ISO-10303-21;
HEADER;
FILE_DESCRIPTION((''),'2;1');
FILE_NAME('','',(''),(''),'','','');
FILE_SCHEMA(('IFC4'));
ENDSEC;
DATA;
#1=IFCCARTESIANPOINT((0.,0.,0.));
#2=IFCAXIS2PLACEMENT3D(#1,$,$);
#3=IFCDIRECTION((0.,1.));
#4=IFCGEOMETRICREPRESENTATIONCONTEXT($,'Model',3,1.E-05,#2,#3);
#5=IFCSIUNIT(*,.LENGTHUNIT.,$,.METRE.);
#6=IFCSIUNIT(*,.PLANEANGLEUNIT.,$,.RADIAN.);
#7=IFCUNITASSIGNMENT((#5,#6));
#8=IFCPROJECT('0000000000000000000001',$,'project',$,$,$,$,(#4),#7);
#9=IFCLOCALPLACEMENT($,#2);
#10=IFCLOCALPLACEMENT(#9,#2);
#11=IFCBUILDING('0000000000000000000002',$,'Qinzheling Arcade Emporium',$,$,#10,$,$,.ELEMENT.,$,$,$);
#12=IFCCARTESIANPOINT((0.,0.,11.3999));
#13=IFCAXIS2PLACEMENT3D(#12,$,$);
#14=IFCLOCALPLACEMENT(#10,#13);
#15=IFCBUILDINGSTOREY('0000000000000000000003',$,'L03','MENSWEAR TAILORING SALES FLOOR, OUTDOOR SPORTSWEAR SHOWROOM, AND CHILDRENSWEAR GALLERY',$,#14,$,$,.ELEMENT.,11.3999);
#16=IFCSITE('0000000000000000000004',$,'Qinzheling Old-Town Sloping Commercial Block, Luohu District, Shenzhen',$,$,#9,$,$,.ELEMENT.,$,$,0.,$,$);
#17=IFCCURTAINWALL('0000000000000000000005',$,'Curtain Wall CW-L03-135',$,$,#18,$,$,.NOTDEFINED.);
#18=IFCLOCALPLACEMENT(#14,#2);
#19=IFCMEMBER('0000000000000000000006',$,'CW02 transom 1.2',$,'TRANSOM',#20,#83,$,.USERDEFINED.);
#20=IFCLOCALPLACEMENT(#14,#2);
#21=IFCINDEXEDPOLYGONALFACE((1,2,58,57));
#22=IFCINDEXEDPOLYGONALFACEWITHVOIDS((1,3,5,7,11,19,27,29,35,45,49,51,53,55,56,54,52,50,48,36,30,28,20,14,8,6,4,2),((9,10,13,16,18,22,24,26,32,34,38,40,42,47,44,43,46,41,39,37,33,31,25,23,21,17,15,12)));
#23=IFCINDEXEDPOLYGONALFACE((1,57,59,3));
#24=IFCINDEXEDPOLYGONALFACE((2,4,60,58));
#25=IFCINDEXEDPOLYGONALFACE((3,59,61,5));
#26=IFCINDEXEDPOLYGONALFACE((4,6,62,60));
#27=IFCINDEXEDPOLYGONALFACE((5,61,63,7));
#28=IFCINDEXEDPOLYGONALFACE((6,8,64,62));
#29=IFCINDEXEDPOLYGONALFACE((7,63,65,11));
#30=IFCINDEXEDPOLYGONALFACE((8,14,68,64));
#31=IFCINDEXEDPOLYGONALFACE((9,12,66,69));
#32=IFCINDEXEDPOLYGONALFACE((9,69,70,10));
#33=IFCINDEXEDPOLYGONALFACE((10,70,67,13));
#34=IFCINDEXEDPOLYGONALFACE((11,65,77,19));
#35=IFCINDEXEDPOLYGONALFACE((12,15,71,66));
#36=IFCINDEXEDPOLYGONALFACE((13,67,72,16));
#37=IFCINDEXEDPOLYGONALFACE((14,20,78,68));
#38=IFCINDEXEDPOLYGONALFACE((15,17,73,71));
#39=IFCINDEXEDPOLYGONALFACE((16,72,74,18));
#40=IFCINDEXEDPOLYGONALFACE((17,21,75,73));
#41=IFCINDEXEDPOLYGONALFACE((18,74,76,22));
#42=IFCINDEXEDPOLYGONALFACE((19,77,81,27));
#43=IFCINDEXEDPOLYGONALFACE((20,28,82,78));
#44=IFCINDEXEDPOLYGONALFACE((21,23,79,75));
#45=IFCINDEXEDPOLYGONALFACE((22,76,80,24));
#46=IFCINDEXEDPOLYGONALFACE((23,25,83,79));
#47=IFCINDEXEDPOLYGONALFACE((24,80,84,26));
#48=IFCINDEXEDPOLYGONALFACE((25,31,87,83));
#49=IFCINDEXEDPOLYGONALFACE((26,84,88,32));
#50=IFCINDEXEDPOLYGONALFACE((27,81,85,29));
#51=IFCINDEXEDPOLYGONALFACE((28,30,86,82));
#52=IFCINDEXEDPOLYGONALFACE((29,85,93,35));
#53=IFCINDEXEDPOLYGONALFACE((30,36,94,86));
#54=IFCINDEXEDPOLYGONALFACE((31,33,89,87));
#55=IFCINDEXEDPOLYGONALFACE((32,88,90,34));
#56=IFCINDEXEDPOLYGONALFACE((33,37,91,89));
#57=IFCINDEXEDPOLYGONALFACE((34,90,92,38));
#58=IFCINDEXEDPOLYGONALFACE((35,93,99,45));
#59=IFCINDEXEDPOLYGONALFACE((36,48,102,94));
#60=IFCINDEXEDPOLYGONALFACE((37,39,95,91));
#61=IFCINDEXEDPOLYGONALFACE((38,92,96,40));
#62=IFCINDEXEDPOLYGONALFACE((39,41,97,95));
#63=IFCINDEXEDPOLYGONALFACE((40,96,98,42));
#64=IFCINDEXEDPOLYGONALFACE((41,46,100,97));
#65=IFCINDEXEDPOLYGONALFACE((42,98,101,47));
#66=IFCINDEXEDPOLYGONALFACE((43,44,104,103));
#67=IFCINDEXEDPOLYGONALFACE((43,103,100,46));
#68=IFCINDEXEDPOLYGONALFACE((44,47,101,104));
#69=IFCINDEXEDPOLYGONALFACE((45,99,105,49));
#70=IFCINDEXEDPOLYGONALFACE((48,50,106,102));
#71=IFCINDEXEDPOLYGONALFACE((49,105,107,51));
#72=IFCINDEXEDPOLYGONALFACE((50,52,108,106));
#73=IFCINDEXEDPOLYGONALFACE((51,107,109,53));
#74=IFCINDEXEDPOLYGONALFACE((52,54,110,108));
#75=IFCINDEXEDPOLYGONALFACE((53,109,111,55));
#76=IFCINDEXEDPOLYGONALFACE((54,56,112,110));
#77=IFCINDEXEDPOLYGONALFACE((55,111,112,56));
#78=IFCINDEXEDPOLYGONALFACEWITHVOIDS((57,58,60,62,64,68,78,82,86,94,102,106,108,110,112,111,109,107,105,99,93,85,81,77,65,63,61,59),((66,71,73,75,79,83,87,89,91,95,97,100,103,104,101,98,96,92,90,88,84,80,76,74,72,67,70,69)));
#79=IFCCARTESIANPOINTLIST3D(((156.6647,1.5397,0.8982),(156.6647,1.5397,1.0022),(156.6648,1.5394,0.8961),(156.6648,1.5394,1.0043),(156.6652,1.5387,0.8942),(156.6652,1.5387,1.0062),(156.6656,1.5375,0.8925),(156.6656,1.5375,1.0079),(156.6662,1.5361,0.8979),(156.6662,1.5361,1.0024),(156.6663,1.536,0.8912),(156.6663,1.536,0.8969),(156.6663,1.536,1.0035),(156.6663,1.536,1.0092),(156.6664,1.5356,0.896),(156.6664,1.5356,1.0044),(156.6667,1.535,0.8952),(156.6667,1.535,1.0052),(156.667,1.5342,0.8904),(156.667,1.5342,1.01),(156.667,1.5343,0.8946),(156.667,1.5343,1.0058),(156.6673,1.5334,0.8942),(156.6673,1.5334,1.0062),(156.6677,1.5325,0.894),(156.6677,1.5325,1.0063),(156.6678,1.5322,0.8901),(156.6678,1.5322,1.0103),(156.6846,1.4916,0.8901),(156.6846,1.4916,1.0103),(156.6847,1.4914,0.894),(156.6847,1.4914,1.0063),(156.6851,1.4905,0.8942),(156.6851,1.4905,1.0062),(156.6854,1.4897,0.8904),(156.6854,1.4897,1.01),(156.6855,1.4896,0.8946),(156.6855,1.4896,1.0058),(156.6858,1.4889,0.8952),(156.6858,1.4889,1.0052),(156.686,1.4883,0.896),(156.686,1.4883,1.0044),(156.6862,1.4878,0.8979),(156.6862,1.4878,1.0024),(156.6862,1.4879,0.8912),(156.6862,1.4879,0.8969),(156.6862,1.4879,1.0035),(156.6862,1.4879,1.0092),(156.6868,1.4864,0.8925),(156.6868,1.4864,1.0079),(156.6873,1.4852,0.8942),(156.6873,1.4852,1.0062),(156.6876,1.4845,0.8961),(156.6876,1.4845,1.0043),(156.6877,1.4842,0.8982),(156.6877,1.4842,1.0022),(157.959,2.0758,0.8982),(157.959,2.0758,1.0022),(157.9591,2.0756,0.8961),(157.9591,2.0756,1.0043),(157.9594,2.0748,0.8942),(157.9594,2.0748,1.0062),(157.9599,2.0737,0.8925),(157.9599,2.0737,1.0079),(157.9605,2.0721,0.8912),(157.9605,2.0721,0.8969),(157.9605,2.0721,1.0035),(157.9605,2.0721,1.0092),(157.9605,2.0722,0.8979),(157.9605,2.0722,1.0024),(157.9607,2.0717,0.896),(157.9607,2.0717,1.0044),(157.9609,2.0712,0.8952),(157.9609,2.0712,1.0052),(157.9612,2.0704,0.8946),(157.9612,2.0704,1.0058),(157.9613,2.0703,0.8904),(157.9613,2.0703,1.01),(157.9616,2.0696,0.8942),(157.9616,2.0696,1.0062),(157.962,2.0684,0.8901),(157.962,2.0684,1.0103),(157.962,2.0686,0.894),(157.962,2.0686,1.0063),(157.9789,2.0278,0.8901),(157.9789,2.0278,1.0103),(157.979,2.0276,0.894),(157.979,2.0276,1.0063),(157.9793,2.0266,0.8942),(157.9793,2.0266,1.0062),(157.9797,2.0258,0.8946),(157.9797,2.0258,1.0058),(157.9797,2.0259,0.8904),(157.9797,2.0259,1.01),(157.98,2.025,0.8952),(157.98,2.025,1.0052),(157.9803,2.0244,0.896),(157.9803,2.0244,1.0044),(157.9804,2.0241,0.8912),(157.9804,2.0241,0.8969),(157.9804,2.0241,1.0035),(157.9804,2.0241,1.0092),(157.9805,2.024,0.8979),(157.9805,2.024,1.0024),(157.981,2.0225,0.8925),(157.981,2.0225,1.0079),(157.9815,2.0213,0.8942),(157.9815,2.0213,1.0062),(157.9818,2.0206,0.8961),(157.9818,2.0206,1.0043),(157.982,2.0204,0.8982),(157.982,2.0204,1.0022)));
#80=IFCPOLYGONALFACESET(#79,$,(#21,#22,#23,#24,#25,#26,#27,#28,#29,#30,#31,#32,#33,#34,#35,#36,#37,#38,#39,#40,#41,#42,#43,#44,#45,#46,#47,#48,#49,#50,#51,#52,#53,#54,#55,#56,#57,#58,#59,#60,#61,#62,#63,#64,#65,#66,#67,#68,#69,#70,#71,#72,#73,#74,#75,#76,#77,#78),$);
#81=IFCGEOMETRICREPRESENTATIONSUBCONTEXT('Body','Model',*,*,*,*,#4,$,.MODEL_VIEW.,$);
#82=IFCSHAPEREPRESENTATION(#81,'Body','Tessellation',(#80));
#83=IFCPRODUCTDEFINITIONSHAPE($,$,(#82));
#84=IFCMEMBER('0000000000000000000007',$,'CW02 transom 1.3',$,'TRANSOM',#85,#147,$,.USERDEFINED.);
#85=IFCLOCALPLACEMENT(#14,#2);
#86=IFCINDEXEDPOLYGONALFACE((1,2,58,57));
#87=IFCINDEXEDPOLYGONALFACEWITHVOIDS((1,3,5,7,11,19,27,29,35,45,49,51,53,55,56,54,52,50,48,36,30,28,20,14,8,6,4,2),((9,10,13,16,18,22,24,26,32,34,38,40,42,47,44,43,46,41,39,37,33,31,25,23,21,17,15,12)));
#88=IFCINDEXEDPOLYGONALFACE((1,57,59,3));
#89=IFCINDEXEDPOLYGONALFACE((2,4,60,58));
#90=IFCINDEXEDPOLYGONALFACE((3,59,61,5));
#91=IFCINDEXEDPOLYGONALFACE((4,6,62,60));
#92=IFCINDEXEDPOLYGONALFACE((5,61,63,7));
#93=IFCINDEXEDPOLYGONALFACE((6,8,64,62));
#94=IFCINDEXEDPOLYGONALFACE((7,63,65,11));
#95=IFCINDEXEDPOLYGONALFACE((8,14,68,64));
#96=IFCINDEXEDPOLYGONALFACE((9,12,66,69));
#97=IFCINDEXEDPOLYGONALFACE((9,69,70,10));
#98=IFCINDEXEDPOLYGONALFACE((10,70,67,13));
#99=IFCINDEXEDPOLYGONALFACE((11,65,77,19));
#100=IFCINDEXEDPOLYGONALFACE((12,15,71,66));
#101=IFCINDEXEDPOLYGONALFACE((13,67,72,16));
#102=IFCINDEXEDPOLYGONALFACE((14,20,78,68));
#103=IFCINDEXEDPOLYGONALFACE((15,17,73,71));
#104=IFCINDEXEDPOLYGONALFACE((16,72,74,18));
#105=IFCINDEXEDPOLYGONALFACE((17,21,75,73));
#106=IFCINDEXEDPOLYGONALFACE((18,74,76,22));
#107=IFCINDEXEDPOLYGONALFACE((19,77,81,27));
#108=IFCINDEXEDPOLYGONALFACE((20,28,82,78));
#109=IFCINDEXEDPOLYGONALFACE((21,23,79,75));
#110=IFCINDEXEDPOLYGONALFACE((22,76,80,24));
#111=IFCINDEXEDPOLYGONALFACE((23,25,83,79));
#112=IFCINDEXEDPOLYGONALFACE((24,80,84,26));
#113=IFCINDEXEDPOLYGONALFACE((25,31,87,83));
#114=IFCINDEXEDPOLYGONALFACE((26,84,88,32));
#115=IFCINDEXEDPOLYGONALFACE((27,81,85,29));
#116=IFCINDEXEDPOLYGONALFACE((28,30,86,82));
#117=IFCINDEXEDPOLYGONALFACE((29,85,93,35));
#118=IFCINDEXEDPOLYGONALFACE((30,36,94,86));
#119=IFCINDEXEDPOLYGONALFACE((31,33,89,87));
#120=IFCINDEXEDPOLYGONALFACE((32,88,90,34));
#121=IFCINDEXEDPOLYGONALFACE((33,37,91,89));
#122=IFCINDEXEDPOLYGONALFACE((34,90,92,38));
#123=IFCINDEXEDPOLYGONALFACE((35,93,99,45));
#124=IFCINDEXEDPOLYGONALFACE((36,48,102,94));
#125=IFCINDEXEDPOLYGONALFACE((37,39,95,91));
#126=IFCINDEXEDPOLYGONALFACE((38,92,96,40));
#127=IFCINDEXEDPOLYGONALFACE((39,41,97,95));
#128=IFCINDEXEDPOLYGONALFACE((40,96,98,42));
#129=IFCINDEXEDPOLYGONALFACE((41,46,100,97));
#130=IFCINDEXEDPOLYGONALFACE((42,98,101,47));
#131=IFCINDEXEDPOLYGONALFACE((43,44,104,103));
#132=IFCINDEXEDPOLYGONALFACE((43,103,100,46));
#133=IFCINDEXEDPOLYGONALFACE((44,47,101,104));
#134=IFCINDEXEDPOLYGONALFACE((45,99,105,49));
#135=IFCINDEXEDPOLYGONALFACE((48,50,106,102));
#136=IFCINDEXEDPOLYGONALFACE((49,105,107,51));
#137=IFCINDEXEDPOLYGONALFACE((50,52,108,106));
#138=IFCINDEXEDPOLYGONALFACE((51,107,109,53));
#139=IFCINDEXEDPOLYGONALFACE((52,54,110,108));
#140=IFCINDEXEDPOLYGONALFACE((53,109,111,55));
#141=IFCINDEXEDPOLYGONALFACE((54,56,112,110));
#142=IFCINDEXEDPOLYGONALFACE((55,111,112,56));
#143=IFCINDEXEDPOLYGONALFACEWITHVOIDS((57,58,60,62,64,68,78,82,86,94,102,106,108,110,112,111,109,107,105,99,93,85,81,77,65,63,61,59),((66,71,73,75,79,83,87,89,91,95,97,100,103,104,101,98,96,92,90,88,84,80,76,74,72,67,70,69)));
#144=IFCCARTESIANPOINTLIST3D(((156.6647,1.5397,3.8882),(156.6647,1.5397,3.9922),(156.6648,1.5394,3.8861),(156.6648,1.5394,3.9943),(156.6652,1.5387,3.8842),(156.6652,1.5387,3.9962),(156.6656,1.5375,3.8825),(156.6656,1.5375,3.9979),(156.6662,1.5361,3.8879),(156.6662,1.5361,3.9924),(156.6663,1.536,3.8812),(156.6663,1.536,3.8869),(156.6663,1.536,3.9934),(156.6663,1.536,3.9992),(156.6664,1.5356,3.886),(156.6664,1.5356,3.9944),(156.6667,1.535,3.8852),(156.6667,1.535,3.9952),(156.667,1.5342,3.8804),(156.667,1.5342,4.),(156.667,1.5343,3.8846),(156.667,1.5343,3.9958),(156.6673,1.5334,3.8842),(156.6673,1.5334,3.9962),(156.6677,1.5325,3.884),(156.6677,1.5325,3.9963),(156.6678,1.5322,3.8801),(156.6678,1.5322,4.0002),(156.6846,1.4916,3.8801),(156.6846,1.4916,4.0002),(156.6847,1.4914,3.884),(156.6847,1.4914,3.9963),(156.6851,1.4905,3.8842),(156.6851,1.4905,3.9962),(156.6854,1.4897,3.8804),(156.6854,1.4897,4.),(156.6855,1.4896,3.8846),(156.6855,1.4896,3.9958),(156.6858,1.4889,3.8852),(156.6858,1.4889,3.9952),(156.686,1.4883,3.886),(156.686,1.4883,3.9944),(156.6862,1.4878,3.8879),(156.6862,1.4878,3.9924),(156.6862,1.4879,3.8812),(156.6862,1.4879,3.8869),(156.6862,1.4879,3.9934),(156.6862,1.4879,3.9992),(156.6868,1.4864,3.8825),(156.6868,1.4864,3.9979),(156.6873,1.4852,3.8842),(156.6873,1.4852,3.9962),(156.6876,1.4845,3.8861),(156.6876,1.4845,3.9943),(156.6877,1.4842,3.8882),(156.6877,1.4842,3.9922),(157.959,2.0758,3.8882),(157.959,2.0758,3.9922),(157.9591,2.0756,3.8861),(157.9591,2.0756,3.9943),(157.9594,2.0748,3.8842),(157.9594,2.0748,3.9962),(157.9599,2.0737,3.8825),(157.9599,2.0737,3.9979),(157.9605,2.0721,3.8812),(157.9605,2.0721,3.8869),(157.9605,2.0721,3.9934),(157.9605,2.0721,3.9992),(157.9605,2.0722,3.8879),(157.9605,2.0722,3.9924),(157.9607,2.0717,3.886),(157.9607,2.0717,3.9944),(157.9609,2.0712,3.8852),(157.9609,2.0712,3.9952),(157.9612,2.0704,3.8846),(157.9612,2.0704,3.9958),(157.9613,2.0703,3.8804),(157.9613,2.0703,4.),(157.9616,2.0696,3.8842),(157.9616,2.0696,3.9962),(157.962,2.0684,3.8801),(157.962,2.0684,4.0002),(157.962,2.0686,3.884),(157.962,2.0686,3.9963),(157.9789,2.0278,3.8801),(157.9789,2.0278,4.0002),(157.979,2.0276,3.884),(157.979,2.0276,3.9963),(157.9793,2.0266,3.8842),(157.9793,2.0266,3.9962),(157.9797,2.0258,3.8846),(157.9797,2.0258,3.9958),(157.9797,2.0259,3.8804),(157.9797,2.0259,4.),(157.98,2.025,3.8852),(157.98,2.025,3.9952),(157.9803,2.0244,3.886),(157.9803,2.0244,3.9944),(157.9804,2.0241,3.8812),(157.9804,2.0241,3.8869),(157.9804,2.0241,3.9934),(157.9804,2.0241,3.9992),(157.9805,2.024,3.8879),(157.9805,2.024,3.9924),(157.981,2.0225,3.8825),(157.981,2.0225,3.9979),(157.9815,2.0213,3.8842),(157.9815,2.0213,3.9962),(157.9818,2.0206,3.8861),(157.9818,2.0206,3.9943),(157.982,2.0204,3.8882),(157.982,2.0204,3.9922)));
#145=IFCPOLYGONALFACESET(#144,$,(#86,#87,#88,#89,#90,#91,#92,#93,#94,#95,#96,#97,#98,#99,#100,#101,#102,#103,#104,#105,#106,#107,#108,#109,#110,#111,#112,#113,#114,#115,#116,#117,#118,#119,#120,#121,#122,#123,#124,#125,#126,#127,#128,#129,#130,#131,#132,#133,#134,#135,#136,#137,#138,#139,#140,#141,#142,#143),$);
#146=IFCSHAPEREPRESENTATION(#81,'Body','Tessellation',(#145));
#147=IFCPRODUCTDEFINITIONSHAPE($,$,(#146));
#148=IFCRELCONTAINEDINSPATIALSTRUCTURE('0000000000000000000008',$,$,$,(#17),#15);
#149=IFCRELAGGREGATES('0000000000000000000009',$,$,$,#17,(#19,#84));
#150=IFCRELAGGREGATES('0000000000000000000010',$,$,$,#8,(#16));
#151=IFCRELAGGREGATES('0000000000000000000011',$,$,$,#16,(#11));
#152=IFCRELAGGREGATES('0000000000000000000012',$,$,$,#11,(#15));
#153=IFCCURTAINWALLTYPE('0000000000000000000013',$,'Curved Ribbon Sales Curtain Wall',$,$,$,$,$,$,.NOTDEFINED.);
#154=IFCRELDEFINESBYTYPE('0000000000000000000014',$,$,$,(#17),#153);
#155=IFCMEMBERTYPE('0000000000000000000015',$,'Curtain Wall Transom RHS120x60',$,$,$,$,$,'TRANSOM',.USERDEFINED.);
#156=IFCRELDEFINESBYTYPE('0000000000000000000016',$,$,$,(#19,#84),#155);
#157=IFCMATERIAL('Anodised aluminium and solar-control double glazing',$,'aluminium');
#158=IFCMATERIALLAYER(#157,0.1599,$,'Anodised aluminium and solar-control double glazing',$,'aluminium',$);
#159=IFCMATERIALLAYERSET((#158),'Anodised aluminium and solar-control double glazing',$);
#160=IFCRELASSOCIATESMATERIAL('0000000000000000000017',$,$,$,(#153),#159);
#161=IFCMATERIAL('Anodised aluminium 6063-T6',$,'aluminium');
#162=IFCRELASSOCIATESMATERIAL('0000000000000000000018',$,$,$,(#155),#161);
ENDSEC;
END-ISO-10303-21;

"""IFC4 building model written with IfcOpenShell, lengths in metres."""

from ifc_helpers import new_model, si_unit, direction, frame, origin, origin_2d, place, context, subcontext, project, spatial, hollow_rectangle, extrude, material, layer, layer_set, material_profile, profile_set, type_object, element, aggregate, save


model = new_model("IFC4")

# Units and contexts
model_context = context("Model", 3, precision=1e-05, world=origin(), true_north=direction((0.0, 1.0)))
body_context = subcontext(model_context, "Body", "Model", "MODEL_VIEW")
ifc_project = project(units=[si_unit("LENGTHUNIT", "METRE"), si_unit("PLANEANGLEUNIT", "RADIAN")], contexts=[model_context])

# Site, building, storey
site_placement = place(None, origin())
site = spatial("IfcSite", under=ifc_project, at=site_placement, Name="Qinzheling Old-Town Sloping Commercial Block, Luohu District, Shenzhen", CompositionType="ELEMENT", RefElevation=0.0)
building_placement = place(site_placement, origin())
building = spatial("IfcBuilding", under=site, at=building_placement, Name="Qinzheling Arcade Emporium", CompositionType="ELEMENT")
storey_placement = place(building_placement, frame((0.0, 0.0, 11.3999)))
storey = spatial("IfcBuildingStorey", under=building, at=storey_placement, Name="L03", Description="MENSWEAR TAILORING SALES FLOOR, OUTDOOR SPORTSWEAR SHOWROOM, AND CHILDRENSWEAR GALLERY", CompositionType="ELEMENT", Elevation=11.3999)

# Curtain wall
ifc_material_1 = material(Name="Anodised aluminium and solar-control double glazing", Category="aluminium")
ifc_layer_1 = layer(ifc_material_1, 0.1599, Name="Anodised aluminium and solar-control double glazing", Category="aluminium")
ifc_layer_set_1 = layer_set([ifc_layer_1], Name="Anodised aluminium and solar-control double glazing")
curtain_wall_type = type_object("IfcCurtainWallType", Name="Curved Ribbon Sales Curtain Wall", PredefinedType="NOTDEFINED", material=ifc_layer_set_1)
ifc_material_2 = material(Name="Anodised aluminium 6063-T6", Category="aluminium")
curtain_wall_1_placement = place(storey_placement, origin())
curtain_wall_1 = element("IfcCurtainWall", 1, at=curtain_wall_1_placement, inside=storey, type_object=curtain_wall_type, Name="Curtain Wall CW-L03-135", PredefinedType="NOTDEFINED")

# Members
ifc_material_profile_1 = material_profile(ifc_material_2, hollow_rectangle(XDim=0.0601, YDim=0.1201, WallThickness=0.0039, InnerFilletRadius=0.0039, OuterFilletRadius=0.0081, at=origin_2d()), Name="RHS 120x60x4", Category="aluminium")
ifc_profile_set_1 = profile_set([ifc_material_profile_1], Name="Anodised aluminium 6063-T6")
member_type_1 = type_object("IfcMemberType", Name="Curtain Wall Transom RHS120x60", ElementType="TRANSOM", PredefinedType="USERDEFINED", material=ifc_profile_set_1)
member_1_placement = place(storey_placement, frame((157.9705, 2.0481, 0.9502), z_axis=(-0.923864, -0.382721, 0.0), x_axis=(0.382721, -0.923864, 0.0)))
member_1 = element("IfcMember", 2, at=member_1_placement, type_object=member_type_1, Name="CW02 transom 1.2", ObjectType="TRANSOM", PredefinedType="USERDEFINED", context=body_context, shape_type="SweptSolid", body=[
    extrude(hollow_rectangle(XDim=0.0601, YDim=0.1201, WallThickness=0.0039, InnerFilletRadius=0.0039, OuterFilletRadius=0.0081, at=origin_2d()), origin(), (0.0, 0.0, 1.0), 1.4009),
])
member_2_placement = place(storey_placement, frame((157.9705, 2.0481, 3.9402), z_axis=(-0.923864, -0.382721, 0.0), x_axis=(0.382721, -0.923864, 0.0)))
member_2 = element("IfcMember", 3, at=member_2_placement, type_object=member_type_1, Name="CW02 transom 1.3", ObjectType="TRANSOM", PredefinedType="USERDEFINED", context=body_context, shape_type="SweptSolid", body=[
    extrude(hollow_rectangle(XDim=0.0601, YDim=0.1201, WallThickness=0.0039, InnerFilletRadius=0.0039, OuterFilletRadius=0.0081, at=origin_2d()), origin(), (0.0, 0.0, 1.0), 1.4009),
])

aggregate(curtain_wall_1, [member_1, member_2])

save(model, "model.ifc")
